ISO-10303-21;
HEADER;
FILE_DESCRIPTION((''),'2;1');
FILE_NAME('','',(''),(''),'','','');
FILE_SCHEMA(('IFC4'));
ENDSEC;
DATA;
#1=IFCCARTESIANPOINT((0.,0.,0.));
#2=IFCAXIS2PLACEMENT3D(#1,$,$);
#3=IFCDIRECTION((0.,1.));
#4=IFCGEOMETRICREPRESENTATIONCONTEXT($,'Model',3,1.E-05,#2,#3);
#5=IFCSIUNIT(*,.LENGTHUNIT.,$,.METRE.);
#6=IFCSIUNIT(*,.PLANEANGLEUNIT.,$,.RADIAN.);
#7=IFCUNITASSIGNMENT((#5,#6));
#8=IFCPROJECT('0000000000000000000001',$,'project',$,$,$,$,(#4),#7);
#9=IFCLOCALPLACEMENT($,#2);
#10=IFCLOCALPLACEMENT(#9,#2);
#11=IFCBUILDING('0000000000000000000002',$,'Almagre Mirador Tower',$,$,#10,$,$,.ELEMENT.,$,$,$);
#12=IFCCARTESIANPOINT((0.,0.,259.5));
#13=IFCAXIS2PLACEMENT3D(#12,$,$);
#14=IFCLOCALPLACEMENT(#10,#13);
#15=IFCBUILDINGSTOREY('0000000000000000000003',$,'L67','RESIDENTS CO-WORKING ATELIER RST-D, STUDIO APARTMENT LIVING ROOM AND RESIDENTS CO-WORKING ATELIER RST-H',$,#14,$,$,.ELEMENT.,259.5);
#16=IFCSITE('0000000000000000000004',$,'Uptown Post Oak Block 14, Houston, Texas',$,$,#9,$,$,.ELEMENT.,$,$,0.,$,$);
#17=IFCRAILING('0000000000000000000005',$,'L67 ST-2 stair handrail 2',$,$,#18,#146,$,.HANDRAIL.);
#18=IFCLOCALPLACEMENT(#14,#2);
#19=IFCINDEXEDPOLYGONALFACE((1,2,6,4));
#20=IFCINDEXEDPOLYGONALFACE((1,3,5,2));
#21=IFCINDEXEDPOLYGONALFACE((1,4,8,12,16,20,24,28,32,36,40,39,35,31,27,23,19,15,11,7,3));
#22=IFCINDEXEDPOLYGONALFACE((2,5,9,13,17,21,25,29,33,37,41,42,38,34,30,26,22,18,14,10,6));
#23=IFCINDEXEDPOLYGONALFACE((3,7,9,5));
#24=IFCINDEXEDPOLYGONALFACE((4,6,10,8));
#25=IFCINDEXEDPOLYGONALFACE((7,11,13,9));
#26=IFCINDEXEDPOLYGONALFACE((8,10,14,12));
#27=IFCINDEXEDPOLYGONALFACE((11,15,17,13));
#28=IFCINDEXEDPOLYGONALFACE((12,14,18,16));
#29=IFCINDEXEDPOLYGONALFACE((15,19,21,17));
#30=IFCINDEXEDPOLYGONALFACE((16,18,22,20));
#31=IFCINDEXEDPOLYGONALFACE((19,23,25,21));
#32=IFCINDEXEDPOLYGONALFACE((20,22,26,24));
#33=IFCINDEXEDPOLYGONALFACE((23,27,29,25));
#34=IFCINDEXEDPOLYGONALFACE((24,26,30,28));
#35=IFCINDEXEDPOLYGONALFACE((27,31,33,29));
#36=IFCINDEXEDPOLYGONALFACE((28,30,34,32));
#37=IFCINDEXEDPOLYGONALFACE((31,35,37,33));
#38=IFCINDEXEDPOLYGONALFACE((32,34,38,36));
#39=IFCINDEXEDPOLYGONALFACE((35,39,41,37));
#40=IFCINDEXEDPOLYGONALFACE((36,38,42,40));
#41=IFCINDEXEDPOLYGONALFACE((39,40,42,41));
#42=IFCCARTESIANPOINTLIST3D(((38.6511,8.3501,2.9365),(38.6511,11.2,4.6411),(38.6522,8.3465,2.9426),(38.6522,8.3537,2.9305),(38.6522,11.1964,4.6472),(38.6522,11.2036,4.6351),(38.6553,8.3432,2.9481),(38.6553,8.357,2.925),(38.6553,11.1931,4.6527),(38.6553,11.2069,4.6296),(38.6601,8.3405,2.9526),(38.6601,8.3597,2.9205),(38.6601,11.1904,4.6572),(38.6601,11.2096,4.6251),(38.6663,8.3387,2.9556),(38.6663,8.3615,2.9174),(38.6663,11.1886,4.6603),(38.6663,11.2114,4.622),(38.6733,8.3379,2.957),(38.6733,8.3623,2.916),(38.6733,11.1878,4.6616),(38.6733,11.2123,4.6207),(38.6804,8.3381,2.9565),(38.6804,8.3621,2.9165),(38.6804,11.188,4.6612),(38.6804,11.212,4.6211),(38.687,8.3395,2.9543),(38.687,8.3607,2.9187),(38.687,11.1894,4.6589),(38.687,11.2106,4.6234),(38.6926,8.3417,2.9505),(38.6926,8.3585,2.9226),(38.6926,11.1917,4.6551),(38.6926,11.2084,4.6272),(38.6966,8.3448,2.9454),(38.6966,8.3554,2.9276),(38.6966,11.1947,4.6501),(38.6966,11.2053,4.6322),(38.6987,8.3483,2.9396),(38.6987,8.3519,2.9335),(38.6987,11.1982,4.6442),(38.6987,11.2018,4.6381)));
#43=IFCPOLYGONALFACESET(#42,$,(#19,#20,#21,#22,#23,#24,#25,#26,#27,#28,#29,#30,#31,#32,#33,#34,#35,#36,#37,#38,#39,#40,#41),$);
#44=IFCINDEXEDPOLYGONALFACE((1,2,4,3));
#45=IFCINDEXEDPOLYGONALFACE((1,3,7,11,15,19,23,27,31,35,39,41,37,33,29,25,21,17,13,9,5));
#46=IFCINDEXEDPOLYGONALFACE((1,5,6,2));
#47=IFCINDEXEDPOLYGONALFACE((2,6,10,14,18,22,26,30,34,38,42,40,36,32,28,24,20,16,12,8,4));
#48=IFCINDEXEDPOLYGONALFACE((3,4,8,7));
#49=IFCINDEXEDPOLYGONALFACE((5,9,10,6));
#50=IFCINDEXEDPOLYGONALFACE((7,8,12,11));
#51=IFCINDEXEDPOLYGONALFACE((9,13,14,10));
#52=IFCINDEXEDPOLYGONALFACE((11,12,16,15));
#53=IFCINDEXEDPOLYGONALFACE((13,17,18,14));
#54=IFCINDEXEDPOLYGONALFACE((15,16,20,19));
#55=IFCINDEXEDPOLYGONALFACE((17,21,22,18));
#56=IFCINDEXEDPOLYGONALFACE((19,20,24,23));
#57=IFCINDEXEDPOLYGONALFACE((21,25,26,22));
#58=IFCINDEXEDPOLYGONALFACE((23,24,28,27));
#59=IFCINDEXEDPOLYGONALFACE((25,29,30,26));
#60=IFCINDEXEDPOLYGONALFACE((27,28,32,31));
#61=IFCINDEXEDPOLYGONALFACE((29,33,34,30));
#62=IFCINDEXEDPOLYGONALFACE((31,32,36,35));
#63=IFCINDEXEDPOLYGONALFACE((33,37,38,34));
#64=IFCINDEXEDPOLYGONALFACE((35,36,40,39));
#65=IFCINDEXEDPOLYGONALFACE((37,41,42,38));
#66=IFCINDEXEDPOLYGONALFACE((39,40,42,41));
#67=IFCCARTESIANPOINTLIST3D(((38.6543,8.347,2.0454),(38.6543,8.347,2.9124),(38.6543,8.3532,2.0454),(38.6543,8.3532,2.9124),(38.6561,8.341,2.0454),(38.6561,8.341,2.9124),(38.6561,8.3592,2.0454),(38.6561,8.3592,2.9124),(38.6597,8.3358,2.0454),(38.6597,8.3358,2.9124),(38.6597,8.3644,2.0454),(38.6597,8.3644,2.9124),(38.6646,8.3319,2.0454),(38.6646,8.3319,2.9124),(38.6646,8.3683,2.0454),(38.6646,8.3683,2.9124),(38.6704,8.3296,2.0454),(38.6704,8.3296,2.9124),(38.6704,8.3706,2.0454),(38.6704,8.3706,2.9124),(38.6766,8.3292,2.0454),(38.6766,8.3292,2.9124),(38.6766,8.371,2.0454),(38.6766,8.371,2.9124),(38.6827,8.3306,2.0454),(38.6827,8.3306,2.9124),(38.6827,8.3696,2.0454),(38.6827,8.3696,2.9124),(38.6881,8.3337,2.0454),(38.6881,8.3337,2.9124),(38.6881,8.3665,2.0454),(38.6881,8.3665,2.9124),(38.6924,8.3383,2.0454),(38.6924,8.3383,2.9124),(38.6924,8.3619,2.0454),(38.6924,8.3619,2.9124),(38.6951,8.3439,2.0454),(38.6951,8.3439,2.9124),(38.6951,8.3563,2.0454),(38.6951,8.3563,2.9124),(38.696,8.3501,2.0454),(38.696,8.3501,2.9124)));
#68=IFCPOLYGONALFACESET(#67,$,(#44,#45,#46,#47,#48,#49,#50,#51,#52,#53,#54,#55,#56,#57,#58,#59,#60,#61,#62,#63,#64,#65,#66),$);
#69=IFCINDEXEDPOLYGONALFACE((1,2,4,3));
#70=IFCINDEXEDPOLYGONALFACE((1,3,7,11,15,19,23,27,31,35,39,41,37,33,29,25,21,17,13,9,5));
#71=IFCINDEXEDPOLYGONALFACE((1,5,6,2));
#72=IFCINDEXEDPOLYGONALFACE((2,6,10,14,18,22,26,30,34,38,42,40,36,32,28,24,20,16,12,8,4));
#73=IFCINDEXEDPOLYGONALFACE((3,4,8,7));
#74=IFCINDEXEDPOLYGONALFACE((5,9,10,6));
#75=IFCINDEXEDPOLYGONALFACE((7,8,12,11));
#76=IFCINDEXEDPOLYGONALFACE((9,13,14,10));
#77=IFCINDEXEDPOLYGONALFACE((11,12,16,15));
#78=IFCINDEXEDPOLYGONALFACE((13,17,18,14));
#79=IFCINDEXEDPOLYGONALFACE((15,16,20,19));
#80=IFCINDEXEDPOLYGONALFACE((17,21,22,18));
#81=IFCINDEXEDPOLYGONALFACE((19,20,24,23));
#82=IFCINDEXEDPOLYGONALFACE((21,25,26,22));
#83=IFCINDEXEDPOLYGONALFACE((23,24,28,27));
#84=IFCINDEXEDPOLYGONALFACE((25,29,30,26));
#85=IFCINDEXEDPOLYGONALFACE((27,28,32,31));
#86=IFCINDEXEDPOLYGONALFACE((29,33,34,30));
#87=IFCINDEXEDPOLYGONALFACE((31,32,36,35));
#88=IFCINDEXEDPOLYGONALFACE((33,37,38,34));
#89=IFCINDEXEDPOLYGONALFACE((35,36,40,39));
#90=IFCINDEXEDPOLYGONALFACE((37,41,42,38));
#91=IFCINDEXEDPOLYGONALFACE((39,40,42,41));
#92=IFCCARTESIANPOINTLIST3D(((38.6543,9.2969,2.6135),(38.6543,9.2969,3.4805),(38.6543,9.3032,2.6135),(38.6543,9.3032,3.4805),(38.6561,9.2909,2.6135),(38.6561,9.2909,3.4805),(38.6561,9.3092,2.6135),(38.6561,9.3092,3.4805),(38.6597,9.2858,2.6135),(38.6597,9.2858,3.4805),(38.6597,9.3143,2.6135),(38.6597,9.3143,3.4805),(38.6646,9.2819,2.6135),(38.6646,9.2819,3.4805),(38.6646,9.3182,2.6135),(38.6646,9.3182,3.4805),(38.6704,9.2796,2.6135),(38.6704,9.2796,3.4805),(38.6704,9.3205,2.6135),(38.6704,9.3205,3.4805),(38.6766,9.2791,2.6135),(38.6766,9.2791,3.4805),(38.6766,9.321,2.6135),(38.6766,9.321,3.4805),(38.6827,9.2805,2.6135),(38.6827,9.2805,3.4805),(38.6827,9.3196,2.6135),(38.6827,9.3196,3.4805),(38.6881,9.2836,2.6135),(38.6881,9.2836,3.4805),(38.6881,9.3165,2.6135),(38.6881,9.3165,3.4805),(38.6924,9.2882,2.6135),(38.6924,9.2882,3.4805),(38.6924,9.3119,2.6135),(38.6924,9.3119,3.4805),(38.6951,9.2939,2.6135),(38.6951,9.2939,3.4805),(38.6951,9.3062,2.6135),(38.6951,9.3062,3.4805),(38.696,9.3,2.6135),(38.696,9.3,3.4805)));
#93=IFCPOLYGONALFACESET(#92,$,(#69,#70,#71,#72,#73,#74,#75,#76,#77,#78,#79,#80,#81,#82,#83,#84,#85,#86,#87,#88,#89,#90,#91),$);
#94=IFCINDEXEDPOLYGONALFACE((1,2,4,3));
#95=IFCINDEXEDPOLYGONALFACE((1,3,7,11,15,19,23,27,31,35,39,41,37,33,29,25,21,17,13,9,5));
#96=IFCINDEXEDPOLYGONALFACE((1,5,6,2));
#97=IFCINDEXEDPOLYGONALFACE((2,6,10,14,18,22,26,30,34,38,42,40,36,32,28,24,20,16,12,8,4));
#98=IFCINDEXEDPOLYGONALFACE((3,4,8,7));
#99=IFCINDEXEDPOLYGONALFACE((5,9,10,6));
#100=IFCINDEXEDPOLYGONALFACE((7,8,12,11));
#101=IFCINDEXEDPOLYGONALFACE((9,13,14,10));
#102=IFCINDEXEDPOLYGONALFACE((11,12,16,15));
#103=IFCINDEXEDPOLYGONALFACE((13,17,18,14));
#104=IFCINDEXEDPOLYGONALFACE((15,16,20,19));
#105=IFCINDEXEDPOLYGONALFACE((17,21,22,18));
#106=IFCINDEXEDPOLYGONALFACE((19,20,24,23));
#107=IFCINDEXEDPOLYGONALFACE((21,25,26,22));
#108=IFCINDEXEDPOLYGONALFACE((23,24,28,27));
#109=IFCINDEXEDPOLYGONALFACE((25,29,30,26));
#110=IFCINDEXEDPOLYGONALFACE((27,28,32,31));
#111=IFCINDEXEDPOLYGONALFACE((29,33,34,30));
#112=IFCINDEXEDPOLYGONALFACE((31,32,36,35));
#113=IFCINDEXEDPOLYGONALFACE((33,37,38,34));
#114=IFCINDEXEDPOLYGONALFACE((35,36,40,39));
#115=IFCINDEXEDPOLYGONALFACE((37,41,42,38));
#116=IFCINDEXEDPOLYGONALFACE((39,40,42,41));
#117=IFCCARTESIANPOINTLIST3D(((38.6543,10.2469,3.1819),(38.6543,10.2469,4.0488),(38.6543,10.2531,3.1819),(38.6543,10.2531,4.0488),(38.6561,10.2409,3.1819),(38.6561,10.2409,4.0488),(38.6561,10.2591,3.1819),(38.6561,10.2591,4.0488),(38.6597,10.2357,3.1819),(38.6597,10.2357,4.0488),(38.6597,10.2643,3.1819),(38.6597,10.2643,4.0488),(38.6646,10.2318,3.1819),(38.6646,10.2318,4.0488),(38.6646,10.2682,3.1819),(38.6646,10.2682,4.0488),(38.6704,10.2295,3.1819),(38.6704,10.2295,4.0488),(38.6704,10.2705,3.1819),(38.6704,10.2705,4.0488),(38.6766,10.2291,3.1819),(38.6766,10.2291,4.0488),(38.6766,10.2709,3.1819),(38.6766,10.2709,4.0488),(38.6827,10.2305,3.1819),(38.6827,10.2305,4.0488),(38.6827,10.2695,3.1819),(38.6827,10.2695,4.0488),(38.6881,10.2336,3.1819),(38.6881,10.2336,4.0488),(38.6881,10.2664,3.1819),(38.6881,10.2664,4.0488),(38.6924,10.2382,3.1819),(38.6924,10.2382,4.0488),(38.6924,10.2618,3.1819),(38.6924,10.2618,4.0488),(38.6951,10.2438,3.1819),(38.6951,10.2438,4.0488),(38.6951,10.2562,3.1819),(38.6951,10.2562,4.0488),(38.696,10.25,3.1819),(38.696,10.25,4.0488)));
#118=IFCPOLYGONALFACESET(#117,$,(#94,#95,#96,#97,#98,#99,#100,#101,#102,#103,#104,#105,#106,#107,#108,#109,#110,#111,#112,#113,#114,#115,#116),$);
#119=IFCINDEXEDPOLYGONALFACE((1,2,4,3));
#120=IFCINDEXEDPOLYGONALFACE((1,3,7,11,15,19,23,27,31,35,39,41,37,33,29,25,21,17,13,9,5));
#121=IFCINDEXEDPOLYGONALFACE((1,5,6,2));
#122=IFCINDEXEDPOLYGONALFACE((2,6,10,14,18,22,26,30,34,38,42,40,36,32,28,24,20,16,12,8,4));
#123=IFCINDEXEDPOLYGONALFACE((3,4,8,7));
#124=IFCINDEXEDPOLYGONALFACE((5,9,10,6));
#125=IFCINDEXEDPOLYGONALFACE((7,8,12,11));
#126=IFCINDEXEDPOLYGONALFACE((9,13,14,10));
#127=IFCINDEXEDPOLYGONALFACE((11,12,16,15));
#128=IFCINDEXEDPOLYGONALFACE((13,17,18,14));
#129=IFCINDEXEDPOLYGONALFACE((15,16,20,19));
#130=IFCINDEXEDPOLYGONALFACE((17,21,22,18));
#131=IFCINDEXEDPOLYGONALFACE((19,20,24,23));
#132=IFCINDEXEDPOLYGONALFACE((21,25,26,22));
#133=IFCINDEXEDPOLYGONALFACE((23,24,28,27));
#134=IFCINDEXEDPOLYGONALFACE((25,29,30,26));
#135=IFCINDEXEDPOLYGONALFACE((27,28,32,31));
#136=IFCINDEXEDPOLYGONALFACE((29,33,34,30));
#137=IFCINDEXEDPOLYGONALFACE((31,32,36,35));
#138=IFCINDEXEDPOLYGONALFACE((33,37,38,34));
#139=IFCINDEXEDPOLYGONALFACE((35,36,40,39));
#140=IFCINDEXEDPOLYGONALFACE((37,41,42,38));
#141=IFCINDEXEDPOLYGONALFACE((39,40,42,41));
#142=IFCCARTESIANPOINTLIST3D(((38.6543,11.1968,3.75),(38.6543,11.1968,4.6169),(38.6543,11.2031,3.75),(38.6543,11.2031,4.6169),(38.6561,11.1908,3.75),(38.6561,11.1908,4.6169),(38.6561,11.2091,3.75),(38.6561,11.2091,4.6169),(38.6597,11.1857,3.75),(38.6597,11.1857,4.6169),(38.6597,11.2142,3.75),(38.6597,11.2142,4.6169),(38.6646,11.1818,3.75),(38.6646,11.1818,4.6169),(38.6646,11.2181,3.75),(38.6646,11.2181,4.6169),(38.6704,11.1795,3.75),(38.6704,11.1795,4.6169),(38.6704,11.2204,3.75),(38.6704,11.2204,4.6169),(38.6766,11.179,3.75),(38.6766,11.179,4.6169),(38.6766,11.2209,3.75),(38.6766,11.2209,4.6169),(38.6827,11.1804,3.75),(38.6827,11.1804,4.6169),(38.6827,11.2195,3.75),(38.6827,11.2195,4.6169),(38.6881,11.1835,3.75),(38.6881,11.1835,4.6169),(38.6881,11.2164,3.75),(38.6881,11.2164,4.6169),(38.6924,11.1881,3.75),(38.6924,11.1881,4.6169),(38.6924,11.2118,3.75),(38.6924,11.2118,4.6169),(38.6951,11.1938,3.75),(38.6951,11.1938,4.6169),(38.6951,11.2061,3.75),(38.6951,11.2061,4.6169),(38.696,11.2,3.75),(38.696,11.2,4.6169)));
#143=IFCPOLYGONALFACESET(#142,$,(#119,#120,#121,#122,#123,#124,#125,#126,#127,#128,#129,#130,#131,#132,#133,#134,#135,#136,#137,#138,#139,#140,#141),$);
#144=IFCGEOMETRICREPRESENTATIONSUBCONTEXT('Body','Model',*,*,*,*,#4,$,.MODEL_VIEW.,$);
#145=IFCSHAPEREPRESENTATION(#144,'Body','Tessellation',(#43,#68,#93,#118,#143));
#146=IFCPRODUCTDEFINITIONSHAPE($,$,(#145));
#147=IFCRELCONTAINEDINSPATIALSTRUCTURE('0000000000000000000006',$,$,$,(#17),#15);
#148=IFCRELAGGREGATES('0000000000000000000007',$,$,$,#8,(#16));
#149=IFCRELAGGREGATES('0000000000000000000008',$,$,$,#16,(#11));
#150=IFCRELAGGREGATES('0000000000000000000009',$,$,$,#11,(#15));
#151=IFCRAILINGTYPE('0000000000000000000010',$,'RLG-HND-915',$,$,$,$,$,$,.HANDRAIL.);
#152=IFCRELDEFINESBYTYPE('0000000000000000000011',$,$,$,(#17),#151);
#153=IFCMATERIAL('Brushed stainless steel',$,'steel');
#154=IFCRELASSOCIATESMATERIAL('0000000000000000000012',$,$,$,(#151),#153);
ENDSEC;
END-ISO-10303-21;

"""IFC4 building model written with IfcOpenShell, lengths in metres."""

from ifc_helpers import new_model, si_unit, direction, frame, origin, origin_2d, place, context, subcontext, project, spatial, circle, extrude, material, type_object, element, save


model = new_model("IFC4")

# Units and contexts
model_context = context("Model", 3, precision=1e-05, world=origin(), true_north=direction((0.0, 1.0)))
body_context = subcontext(model_context, "Body", "Model", "MODEL_VIEW")
ifc_project = project(units=[si_unit("LENGTHUNIT", "METRE"), si_unit("PLANEANGLEUNIT", "RADIAN")], contexts=[model_context])

# Site, building, storey
site_placement = place(None, origin())
site = spatial("IfcSite", under=ifc_project, at=site_placement, Name="Uptown Post Oak Block 14, Houston, Texas", CompositionType="ELEMENT", RefElevation=0.0)
building_placement = place(site_placement, origin())
building = spatial("IfcBuilding", under=site, at=building_placement, Name="Almagre Mirador Tower", CompositionType="ELEMENT")
storey_placement = place(building_placement, frame((0.0, 0.0, 259.5)))
storey = spatial("IfcBuildingStorey", under=building, at=storey_placement, Name="L67", Description="RESIDENTS CO-WORKING ATELIER RST-D, STUDIO APARTMENT LIVING ROOM AND RESIDENTS CO-WORKING ATELIER RST-H", CompositionType="ELEMENT", Elevation=259.5)

# Railing
ifc_material_1 = material(Name="Brushed stainless steel", Category="steel")
railing_type_1 = type_object("IfcRailingType", Name="RLG-HND-915", PredefinedType="HANDRAIL", material=ifc_material_1)
railing_1_placement = place(storey_placement, frame((38.675, 8.3501, 2.0454)))
element("IfcRailing", 1, at=railing_1_placement, inside=storey, type_object=railing_type_1, Name="L67 ST-2 stair handrail 2", PredefinedType="HANDRAIL", context=body_context, shape_type="SweptSolid", body=[
    extrude(circle(Radius=0.0239, at=origin_2d()), frame((0.0, 0.0, 0.8911), z_axis=(0.0, 0.858199, 0.513317), x_axis=(-1.0, 0.0, 0.0)), (0.0, 0.0, 1.0), 3.3208),
    extrude(circle(Radius=0.021, at=origin_2d()), origin(), (0.0, 0.0, 1.0), 0.8669),
    extrude(circle(Radius=0.021, at=origin_2d()), frame((0.0, 0.95, 0.5681)), (0.0, 0.0, 1.0), 0.8669),
    extrude(circle(Radius=0.021, at=origin_2d()), frame((0.0, 1.8999, 1.1365)), (0.0, 0.0, 1.0), 0.8669),
    extrude(circle(Radius=0.021, at=origin_2d()), frame((0.0, 2.8499, 1.7046)), (0.0, 0.0, 1.0), 0.8669),
])

save(model, "model.ifc")
